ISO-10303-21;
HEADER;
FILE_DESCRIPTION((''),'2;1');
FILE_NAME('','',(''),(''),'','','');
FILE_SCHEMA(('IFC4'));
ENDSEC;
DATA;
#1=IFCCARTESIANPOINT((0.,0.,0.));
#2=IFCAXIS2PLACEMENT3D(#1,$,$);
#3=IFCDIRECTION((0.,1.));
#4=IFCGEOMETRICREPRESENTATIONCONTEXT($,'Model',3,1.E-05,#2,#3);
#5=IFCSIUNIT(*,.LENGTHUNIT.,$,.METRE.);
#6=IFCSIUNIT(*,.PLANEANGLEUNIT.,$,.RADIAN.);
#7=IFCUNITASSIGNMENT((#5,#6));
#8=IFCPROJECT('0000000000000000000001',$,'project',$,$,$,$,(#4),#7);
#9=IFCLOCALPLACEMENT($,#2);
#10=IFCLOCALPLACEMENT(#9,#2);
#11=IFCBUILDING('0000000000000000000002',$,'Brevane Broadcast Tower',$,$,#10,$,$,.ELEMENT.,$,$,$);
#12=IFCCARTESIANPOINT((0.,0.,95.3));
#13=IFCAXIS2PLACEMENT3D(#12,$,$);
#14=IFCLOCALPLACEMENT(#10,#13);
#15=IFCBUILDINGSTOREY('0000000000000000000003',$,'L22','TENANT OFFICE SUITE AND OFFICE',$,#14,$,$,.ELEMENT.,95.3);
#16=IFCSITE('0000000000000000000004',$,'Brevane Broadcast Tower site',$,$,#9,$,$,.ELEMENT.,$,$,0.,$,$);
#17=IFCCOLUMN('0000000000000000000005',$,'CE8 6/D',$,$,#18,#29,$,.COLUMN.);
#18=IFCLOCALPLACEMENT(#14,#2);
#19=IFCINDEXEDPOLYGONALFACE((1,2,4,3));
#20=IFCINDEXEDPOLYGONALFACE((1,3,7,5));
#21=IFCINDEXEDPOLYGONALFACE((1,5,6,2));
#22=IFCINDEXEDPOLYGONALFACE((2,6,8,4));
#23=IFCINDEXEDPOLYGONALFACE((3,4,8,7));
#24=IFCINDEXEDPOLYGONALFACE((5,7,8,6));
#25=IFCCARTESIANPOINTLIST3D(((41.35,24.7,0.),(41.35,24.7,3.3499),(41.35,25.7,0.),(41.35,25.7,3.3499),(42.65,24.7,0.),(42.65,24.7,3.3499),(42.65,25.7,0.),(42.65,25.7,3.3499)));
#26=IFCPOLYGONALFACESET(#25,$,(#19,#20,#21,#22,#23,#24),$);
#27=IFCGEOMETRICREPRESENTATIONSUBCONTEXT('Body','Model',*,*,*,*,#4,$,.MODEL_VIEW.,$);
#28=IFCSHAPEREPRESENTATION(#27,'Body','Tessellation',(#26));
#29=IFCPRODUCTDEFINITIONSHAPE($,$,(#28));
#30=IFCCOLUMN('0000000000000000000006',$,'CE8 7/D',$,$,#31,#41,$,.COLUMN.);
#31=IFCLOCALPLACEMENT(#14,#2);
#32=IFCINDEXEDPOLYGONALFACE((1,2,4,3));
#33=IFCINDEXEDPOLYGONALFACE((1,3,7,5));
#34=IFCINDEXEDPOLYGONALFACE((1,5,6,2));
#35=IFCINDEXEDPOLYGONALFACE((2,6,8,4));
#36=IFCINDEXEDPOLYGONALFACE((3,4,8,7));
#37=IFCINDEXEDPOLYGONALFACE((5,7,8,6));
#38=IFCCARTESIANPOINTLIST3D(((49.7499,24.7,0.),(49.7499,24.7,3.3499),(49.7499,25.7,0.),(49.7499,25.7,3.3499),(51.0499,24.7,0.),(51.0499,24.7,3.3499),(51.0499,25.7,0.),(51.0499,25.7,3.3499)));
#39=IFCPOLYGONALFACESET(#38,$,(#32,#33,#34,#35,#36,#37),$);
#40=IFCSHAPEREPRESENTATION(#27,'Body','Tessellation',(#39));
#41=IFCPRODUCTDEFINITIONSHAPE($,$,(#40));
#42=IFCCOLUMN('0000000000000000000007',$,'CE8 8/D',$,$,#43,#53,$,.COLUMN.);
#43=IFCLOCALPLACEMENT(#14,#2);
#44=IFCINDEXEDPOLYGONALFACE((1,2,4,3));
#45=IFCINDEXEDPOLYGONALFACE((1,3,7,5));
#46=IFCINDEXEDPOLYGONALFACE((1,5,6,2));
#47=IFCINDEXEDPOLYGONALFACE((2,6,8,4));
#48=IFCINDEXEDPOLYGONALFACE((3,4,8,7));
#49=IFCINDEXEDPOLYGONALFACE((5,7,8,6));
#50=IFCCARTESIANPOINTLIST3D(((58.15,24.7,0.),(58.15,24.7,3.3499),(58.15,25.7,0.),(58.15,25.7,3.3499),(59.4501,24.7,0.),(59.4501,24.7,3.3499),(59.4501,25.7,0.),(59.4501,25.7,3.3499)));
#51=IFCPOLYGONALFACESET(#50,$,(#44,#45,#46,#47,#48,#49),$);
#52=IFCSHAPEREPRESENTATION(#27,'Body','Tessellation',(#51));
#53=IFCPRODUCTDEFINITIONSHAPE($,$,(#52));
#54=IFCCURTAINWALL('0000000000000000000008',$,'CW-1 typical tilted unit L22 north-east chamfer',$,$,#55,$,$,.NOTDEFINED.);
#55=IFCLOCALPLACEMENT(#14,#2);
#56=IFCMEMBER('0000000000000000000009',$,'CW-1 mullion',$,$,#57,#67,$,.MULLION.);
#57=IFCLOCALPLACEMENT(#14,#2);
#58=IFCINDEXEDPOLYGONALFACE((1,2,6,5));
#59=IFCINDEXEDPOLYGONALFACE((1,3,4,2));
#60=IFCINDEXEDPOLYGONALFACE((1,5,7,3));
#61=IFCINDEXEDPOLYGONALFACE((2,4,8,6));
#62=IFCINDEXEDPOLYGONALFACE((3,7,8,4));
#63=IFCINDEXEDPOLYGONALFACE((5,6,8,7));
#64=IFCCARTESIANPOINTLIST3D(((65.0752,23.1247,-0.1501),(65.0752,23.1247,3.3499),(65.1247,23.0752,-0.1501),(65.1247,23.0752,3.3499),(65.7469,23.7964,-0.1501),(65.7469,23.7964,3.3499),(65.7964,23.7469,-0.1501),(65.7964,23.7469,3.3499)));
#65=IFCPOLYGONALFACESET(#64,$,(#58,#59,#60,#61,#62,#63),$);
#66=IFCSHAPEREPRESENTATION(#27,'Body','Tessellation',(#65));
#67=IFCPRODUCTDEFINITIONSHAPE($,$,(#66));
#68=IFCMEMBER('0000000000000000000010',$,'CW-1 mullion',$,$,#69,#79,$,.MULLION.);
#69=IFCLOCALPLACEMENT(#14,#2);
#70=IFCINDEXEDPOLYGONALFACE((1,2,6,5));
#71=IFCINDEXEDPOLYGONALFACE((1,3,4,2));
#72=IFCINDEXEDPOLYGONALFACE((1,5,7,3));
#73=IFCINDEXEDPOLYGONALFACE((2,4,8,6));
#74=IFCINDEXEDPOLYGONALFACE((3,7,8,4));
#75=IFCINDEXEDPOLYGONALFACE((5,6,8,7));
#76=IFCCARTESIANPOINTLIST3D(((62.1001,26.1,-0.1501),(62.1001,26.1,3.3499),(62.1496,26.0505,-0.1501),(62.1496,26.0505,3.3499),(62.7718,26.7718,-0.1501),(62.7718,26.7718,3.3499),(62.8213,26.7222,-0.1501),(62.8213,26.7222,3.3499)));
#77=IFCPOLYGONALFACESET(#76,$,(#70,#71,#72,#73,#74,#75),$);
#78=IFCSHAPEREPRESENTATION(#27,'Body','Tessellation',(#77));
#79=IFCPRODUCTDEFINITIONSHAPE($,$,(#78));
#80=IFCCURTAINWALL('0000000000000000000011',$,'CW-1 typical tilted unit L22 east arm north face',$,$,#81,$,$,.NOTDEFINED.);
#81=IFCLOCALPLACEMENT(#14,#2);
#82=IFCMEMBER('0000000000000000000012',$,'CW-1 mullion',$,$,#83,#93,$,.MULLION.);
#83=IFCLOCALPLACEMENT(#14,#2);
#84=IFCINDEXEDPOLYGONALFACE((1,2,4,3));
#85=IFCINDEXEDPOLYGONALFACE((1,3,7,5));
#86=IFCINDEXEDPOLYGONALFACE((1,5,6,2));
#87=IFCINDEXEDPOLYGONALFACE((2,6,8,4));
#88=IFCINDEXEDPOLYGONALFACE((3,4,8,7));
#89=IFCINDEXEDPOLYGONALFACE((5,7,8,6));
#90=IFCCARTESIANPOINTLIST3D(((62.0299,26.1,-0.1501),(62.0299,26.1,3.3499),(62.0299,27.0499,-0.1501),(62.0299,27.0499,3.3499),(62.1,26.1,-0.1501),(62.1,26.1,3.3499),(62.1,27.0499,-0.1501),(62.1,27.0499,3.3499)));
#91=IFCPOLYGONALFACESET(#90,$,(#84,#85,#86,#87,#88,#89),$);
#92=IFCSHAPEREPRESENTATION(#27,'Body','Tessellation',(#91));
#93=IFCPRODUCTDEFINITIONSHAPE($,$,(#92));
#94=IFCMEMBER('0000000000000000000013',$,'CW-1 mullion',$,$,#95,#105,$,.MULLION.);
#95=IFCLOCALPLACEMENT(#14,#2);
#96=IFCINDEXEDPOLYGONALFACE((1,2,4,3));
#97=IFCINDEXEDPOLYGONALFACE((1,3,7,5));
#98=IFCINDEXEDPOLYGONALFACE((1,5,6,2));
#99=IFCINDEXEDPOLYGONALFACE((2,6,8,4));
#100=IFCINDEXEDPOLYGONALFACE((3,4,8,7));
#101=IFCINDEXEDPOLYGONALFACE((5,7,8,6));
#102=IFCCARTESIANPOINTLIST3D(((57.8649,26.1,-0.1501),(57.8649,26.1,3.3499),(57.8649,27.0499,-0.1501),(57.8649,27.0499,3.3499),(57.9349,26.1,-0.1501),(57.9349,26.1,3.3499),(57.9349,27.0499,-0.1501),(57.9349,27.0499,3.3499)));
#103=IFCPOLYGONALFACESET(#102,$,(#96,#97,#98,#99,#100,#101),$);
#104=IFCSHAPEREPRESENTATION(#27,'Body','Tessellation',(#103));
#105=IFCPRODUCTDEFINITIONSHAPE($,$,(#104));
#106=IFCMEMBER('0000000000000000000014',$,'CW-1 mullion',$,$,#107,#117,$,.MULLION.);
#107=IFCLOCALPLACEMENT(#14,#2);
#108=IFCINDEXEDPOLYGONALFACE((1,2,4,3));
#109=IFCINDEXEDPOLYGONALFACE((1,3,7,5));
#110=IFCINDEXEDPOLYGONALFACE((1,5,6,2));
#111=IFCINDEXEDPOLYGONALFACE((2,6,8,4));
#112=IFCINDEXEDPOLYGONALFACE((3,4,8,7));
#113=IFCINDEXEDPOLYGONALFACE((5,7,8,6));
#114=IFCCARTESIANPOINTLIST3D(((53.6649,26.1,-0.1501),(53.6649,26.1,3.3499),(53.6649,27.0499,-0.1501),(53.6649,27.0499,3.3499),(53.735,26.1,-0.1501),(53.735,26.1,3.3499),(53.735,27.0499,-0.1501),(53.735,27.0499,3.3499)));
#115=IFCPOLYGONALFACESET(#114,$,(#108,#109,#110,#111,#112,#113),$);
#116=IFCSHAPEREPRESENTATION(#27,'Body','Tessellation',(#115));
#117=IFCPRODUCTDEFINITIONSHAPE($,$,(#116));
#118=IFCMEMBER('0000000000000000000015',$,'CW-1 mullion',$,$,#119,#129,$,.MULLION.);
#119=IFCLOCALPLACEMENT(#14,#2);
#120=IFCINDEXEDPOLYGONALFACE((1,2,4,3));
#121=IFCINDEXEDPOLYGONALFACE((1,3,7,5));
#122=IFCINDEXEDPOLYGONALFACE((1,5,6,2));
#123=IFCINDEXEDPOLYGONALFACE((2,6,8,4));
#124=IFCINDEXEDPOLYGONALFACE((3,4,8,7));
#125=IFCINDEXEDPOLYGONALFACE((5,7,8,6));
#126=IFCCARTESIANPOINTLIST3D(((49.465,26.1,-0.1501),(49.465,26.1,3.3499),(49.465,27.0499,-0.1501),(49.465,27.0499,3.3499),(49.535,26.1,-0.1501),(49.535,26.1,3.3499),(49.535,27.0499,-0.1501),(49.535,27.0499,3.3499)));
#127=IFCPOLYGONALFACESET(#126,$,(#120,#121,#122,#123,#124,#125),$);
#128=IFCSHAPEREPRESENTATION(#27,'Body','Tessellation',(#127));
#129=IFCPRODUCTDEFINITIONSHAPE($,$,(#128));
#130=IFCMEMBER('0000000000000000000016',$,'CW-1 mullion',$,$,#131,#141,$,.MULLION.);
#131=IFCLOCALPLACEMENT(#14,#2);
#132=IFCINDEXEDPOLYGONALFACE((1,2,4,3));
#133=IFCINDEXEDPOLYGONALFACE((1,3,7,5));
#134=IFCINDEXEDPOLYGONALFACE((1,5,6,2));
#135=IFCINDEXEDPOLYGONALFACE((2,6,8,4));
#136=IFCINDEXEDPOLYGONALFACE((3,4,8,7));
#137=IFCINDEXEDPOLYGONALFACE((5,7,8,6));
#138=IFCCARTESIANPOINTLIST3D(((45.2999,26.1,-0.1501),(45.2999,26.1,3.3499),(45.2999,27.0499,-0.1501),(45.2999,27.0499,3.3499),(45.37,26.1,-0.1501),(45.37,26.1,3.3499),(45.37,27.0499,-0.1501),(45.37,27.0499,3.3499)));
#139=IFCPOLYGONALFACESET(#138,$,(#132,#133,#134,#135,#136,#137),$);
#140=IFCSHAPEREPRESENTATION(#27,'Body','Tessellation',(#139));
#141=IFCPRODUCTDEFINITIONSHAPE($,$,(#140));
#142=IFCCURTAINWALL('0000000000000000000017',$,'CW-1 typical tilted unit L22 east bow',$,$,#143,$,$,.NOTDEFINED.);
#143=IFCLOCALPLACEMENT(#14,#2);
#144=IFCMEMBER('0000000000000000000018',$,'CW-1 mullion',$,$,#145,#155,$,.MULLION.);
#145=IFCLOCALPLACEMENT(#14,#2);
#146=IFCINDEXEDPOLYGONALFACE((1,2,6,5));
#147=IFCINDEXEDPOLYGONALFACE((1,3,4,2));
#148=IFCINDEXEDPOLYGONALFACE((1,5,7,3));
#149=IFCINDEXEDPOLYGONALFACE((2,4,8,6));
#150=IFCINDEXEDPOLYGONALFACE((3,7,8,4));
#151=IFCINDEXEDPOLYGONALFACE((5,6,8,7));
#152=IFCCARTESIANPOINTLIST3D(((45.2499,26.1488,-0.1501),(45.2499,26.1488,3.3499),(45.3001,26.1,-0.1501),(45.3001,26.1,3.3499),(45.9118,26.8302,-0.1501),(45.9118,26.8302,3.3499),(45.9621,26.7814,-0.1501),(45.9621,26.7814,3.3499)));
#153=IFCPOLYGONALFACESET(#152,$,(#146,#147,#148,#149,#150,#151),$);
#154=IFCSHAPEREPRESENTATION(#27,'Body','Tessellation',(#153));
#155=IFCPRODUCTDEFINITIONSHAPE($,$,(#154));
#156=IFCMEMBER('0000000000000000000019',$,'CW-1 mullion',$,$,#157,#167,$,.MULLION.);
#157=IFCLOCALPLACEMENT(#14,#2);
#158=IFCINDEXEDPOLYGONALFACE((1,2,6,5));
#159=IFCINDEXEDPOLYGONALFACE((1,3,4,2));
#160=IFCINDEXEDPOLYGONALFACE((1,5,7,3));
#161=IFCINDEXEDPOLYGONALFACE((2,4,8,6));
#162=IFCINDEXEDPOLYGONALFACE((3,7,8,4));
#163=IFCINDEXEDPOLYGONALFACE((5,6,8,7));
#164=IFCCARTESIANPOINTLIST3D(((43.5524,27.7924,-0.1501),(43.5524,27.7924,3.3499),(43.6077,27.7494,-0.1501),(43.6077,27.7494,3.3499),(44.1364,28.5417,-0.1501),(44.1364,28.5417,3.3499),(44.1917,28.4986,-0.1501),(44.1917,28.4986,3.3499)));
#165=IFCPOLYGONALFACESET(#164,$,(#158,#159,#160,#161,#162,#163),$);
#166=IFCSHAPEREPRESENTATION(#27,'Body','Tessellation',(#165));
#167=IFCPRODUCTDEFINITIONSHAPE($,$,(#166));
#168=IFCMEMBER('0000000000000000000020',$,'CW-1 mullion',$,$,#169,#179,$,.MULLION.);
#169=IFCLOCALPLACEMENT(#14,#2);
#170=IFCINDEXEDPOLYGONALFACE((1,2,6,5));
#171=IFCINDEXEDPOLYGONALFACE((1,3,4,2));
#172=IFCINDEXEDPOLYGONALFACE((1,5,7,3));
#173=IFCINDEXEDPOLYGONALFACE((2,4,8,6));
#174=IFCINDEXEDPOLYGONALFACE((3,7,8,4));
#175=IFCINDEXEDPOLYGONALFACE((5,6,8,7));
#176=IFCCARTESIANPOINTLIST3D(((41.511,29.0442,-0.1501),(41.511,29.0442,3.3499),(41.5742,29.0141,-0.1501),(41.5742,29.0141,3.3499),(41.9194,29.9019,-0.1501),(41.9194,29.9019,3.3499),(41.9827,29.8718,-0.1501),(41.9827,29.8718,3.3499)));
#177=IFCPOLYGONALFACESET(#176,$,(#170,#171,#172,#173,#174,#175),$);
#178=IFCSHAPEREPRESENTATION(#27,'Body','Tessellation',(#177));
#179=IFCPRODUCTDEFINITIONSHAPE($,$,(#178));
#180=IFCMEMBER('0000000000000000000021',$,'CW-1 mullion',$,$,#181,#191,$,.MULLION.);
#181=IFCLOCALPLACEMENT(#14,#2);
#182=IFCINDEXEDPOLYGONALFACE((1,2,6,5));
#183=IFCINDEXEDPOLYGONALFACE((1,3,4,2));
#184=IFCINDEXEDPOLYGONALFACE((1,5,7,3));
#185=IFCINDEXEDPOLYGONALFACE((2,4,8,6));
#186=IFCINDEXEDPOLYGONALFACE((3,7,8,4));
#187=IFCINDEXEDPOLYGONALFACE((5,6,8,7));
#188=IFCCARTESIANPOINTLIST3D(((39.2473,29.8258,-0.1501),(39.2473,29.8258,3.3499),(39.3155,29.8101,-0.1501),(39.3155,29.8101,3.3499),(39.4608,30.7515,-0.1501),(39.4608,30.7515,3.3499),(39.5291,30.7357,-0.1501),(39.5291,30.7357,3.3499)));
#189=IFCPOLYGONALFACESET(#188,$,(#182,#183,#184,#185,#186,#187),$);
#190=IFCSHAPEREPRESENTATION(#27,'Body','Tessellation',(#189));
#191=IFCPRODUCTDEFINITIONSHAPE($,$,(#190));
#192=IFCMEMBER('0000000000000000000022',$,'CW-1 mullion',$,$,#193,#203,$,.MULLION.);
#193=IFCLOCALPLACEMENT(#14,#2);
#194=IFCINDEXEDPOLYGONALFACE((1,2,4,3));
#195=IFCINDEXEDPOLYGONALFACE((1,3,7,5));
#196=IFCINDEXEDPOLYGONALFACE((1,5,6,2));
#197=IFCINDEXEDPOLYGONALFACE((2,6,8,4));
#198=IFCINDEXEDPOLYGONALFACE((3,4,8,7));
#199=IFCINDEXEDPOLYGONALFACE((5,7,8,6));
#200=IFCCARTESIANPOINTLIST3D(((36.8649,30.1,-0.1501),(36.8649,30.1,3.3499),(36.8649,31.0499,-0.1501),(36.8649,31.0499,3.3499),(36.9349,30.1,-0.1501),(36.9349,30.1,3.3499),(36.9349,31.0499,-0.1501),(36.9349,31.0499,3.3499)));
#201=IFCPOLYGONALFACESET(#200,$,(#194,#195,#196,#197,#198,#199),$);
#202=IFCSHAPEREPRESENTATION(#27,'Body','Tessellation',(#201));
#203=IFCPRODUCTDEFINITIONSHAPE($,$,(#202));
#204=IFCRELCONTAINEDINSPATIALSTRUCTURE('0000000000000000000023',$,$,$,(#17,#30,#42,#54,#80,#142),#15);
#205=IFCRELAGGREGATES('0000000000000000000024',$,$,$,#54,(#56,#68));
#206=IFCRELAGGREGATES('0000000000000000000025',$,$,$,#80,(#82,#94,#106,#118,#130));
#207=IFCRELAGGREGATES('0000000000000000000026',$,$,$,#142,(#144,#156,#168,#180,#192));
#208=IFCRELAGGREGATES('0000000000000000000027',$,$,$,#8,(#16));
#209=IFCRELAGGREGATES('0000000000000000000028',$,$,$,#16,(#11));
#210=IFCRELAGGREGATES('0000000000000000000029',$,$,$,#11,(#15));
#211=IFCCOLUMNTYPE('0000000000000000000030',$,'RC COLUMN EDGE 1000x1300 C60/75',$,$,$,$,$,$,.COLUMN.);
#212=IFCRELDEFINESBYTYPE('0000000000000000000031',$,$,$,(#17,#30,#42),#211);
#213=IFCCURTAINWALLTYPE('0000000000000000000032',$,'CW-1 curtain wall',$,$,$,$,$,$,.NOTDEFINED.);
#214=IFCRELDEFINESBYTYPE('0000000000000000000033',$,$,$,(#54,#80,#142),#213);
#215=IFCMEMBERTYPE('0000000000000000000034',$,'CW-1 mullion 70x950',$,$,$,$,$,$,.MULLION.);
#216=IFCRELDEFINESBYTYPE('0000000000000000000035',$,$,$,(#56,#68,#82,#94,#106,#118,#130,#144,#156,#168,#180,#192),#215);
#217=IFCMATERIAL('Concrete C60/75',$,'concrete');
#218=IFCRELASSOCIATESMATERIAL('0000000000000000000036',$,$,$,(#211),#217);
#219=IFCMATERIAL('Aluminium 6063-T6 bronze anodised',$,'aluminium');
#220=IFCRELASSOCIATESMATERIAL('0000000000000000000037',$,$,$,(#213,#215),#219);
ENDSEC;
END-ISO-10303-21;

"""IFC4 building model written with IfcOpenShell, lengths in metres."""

from ifc_helpers import new_model, si_unit, direction, frame, origin, origin_2d, place, context, subcontext, project, spatial, rectangle, extrude, material, material_profile, profile_set, type_object, element, aggregate, save


model = new_model("IFC4")

# Units and contexts
model_context = context("Model", 3, precision=1e-05, world=origin(), true_north=direction((0.0, 1.0)))
body_context = subcontext(model_context, "Body", "Model", "MODEL_VIEW")
ifc_project = project(units=[si_unit("LENGTHUNIT", "METRE"), si_unit("PLANEANGLEUNIT", "RADIAN")], contexts=[model_context])

# Site, building, storey
site_placement = place(None, origin())
site = spatial("IfcSite", under=ifc_project, at=site_placement, Name="Brevane Broadcast Tower site", CompositionType="ELEMENT", RefElevation=0.0)
building_placement = place(site_placement, origin())
building = spatial("IfcBuilding", under=site, at=building_placement, Name="Brevane Broadcast Tower", CompositionType="ELEMENT")
storey_placement = place(building_placement, frame((0.0, 0.0, 95.3)))
storey = spatial("IfcBuildingStorey", under=building, at=storey_placement, Name="L22", Description="TENANT OFFICE SUITE AND OFFICE", CompositionType="ELEMENT", Elevation=95.3)

# Columns
ifc_material_1 = material(Name="Concrete C60/75", Category="concrete")
ifc_material_profile_1 = material_profile(ifc_material_1, rectangle(XDim=1.0, YDim=1.3, at=origin_2d()), Name="RC 1000x1300")
ifc_profile_set_1 = profile_set([ifc_material_profile_1], Name="Concrete C60/75")
column_type = type_object("IfcColumnType", Name="RC COLUMN EDGE 1000x1300 C60/75", PredefinedType="COLUMN", material=ifc_profile_set_1)
for number, where, z_axis, x_axis, name in (
    (1, (42.0, 25.2, 0.0), (0.0, 0.0, 1.0), (0.0, 1.0, 0.0), "CE8 6/D"),
    (2, (50.3999, 25.2, 0.0), (0.0, 0.0, 1.0), (0.0, 1.0, 0.0), "CE8 7/D"),
    (3, (58.8, 25.2, 0.0), (0.0, 0.0, 1.0), (0.0, 1.0, 0.0), "CE8 8/D"),
):
    element("IfcColumn", number, at=place(storey_placement, frame(where, z_axis=z_axis, x_axis=x_axis)), inside=storey, type_object=column_type, Name=name, PredefinedType="COLUMN", context=body_context, shape_type="SweptSolid", body=[
        extrude(rectangle(XDim=1.0, YDim=1.3, at=origin_2d()), origin(), (0.0, 0.0, 1.0), 3.3499),
    ])

# Curtain walls, members
ifc_material_2 = material(Name="Aluminium 6063-T6 bronze anodised", Category="aluminium")
curtain_wall_type = type_object("IfcCurtainWallType", Name="CW-1 curtain wall", PredefinedType="NOTDEFINED", material=ifc_material_2)
curtain_wall_1_placement = place(storey_placement, origin())
curtain_wall_1 = element("IfcCurtainWall", 4, at=curtain_wall_1_placement, inside=storey, type_object=curtain_wall_type, Name="CW-1 typical tilted unit L22 north-east chamfer", PredefinedType="NOTDEFINED")
ifc_material_profile_2 = material_profile(ifc_material_2, rectangle(XDim=0.95, YDim=0.0701, at=origin_2d()), Name="RECT 70x950")
ifc_profile_set_2 = profile_set([ifc_material_profile_2], Name="Aluminium 6063-T6 bronze anodised")
member_type_1 = type_object("IfcMemberType", Name="CW-1 mullion 70x950", PredefinedType="MULLION", material=ifc_profile_set_2)
member_1_placement = place(storey_placement, frame((65.4358, 23.4358, -0.1501), z_axis=(0.0, 0.0, 1.0), x_axis=(-0.707107, -0.707107, 0.0)))
member_1 = element("IfcMember", 5, at=member_1_placement, type_object=member_type_1, Name="CW-1 mullion", PredefinedType="MULLION", context=body_context, shape_type="SweptSolid", body=[
    extrude(rectangle(XDim=0.95, YDim=0.0701, at=origin_2d()), origin(), (0.0, 0.0, 1.0), 3.5),
])
member_2_placement = place(storey_placement, frame((62.4607, 26.4111, -0.1501), z_axis=(0.0, 0.0, 1.0), x_axis=(-0.707107, -0.707107, 0.0)))
member_2 = element("IfcMember", 6, at=member_2_placement, type_object=member_type_1, Name="CW-1 mullion", PredefinedType="MULLION", context=body_context, shape_type="SweptSolid", body=[
    extrude(rectangle(XDim=0.95, YDim=0.0701, at=origin_2d()), origin(), (0.0, 0.0, 1.0), 3.5),
])
aggregate(curtain_wall_1, [member_1, member_2])
curtain_wall_2_placement = place(storey_placement, origin())
curtain_wall_2 = element("IfcCurtainWall", 7, at=curtain_wall_2_placement, inside=storey, type_object=curtain_wall_type, Name="CW-1 typical tilted unit L22 east arm north face", PredefinedType="NOTDEFINED")
member_3_placement = place(storey_placement, frame((62.0649, 26.575, -0.1501), z_axis=(0.0, 0.0, 1.0), x_axis=(0.0, -1.0, 0.0)))
member_3 = element("IfcMember", 8, at=member_3_placement, type_object=member_type_1, Name="CW-1 mullion", PredefinedType="MULLION", context=body_context, shape_type="SweptSolid", body=[
    extrude(rectangle(XDim=0.95, YDim=0.0701, at=origin_2d()), origin(), (0.0, 0.0, 1.0), 3.5),
])
member_4_placement = place(storey_placement, frame((57.8999, 26.575, -0.1501), z_axis=(0.0, 0.0, 1.0), x_axis=(0.0, -1.0, 0.0)))
member_4 = element("IfcMember", 9, at=member_4_placement, type_object=member_type_1, Name="CW-1 mullion", PredefinedType="MULLION", context=body_context, shape_type="SweptSolid", body=[
    extrude(rectangle(XDim=0.95, YDim=0.0701, at=origin_2d()), origin(), (0.0, 0.0, 1.0), 3.5),
])
member_5_placement = place(storey_placement, frame((53.7, 26.575, -0.1501), z_axis=(0.0, 0.0, 1.0), x_axis=(0.0, -1.0, 0.0)))
member_5 = element("IfcMember", 10, at=member_5_placement, type_object=member_type_1, Name="CW-1 mullion", PredefinedType="MULLION", context=body_context, shape_type="SweptSolid", body=[
    extrude(rectangle(XDim=0.95, YDim=0.0701, at=origin_2d()), origin(), (0.0, 0.0, 1.0), 3.5),
])
member_6_placement = place(storey_placement, frame((49.5, 26.575, -0.1501), z_axis=(0.0, 0.0, 1.0), x_axis=(0.0, -1.0, 0.0)))
member_6 = element("IfcMember", 11, at=member_6_placement, type_object=member_type_1, Name="CW-1 mullion", PredefinedType="MULLION", context=body_context, shape_type="SweptSolid", body=[
    extrude(rectangle(XDim=0.95, YDim=0.0701, at=origin_2d()), origin(), (0.0, 0.0, 1.0), 3.5),
])
member_7_placement = place(storey_placement, frame((45.335, 26.575, -0.1501), z_axis=(0.0, 0.0, 1.0), x_axis=(0.0, -1.0, 0.0)))
member_7 = element("IfcMember", 12, at=member_7_placement, type_object=member_type_1, Name="CW-1 mullion", PredefinedType="MULLION", context=body_context, shape_type="SweptSolid", body=[
    extrude(rectangle(XDim=0.95, YDim=0.0701, at=origin_2d()), origin(), (0.0, 0.0, 1.0), 3.5),
])
curtain_wall_3_placement = place(storey_placement, origin())
curtain_wall_3 = element("IfcCurtainWall", 13, at=curtain_wall_3_placement, inside=storey, type_object=curtain_wall_type, Name="CW-1 typical tilted unit L22 east bow", PredefinedType="NOTDEFINED")
member_8_placement = place(storey_placement, frame((45.606, 26.4651, -0.1501), z_axis=(0.0, 0.0, 1.0), x_axis=(-0.696812, -0.717254, 0.0)))
member_8 = element("IfcMember", 14, at=member_8_placement, type_object=member_type_1, Name="CW-1 mullion", PredefinedType="MULLION", context=body_context, shape_type="SweptSolid", body=[
    extrude(rectangle(XDim=0.95, YDim=0.0701, at=origin_2d()), origin(), (0.0, 0.0, 1.0), 3.5),
])
member_9_placement = place(storey_placement, frame((43.8721, 28.1455, -0.1501), z_axis=(0.0, 0.0, 1.0), x_axis=(-0.61477, -0.788707, 0.0)))
member_9 = element("IfcMember", 15, at=member_9_placement, type_object=member_type_1, Name="CW-1 mullion", PredefinedType="MULLION", context=body_context, shape_type="SweptSolid", body=[
    extrude(rectangle(XDim=0.95, YDim=0.0701, at=origin_2d()), origin(), (0.0, 0.0, 1.0), 3.5),
])
member_10_placement = place(storey_placement, frame((41.7468, 29.458, -0.1501), z_axis=(0.0, 0.0, 1.0), x_axis=(-0.429934, -0.902861, 0.0)))
member_10 = element("IfcMember", 16, at=member_10_placement, type_object=member_type_1, Name="CW-1 mullion", PredefinedType="MULLION", context=body_context, shape_type="SweptSolid", body=[
    extrude(rectangle(XDim=0.95, YDim=0.0701, at=origin_2d()), origin(), (0.0, 0.0, 1.0), 3.5),
])
member_11_placement = place(storey_placement, frame((39.3882, 30.2808, -0.1501), z_axis=(0.0, 0.0, 1.0), x_axis=(-0.224806, -0.974403, 0.0)))
member_11 = element("IfcMember", 17, at=member_11_placement, type_object=member_type_1, Name="CW-1 mullion", PredefinedType="MULLION", context=body_context, shape_type="SweptSolid", body=[
    extrude(rectangle(XDim=0.95, YDim=0.0701, at=origin_2d()), origin(), (0.0, 0.0, 1.0), 3.5),
])
member_12_placement = place(storey_placement, frame((36.8999, 30.575, -0.1501), z_axis=(0.0, 0.0, 1.0), x_axis=(0.0, -1.0, 0.0)))
member_12 = element("IfcMember", 18, at=member_12_placement, type_object=member_type_1, Name="CW-1 mullion", PredefinedType="MULLION", context=body_context, shape_type="SweptSolid", body=[
    extrude(rectangle(XDim=0.95, YDim=0.0701, at=origin_2d()), origin(), (0.0, 0.0, 1.0), 3.5),
])

aggregate(curtain_wall_2, [member_3, member_4, member_5, member_6, member_7])
aggregate(curtain_wall_3, [member_8, member_9, member_10, member_11, member_12])

save(model, "model.ifc")
